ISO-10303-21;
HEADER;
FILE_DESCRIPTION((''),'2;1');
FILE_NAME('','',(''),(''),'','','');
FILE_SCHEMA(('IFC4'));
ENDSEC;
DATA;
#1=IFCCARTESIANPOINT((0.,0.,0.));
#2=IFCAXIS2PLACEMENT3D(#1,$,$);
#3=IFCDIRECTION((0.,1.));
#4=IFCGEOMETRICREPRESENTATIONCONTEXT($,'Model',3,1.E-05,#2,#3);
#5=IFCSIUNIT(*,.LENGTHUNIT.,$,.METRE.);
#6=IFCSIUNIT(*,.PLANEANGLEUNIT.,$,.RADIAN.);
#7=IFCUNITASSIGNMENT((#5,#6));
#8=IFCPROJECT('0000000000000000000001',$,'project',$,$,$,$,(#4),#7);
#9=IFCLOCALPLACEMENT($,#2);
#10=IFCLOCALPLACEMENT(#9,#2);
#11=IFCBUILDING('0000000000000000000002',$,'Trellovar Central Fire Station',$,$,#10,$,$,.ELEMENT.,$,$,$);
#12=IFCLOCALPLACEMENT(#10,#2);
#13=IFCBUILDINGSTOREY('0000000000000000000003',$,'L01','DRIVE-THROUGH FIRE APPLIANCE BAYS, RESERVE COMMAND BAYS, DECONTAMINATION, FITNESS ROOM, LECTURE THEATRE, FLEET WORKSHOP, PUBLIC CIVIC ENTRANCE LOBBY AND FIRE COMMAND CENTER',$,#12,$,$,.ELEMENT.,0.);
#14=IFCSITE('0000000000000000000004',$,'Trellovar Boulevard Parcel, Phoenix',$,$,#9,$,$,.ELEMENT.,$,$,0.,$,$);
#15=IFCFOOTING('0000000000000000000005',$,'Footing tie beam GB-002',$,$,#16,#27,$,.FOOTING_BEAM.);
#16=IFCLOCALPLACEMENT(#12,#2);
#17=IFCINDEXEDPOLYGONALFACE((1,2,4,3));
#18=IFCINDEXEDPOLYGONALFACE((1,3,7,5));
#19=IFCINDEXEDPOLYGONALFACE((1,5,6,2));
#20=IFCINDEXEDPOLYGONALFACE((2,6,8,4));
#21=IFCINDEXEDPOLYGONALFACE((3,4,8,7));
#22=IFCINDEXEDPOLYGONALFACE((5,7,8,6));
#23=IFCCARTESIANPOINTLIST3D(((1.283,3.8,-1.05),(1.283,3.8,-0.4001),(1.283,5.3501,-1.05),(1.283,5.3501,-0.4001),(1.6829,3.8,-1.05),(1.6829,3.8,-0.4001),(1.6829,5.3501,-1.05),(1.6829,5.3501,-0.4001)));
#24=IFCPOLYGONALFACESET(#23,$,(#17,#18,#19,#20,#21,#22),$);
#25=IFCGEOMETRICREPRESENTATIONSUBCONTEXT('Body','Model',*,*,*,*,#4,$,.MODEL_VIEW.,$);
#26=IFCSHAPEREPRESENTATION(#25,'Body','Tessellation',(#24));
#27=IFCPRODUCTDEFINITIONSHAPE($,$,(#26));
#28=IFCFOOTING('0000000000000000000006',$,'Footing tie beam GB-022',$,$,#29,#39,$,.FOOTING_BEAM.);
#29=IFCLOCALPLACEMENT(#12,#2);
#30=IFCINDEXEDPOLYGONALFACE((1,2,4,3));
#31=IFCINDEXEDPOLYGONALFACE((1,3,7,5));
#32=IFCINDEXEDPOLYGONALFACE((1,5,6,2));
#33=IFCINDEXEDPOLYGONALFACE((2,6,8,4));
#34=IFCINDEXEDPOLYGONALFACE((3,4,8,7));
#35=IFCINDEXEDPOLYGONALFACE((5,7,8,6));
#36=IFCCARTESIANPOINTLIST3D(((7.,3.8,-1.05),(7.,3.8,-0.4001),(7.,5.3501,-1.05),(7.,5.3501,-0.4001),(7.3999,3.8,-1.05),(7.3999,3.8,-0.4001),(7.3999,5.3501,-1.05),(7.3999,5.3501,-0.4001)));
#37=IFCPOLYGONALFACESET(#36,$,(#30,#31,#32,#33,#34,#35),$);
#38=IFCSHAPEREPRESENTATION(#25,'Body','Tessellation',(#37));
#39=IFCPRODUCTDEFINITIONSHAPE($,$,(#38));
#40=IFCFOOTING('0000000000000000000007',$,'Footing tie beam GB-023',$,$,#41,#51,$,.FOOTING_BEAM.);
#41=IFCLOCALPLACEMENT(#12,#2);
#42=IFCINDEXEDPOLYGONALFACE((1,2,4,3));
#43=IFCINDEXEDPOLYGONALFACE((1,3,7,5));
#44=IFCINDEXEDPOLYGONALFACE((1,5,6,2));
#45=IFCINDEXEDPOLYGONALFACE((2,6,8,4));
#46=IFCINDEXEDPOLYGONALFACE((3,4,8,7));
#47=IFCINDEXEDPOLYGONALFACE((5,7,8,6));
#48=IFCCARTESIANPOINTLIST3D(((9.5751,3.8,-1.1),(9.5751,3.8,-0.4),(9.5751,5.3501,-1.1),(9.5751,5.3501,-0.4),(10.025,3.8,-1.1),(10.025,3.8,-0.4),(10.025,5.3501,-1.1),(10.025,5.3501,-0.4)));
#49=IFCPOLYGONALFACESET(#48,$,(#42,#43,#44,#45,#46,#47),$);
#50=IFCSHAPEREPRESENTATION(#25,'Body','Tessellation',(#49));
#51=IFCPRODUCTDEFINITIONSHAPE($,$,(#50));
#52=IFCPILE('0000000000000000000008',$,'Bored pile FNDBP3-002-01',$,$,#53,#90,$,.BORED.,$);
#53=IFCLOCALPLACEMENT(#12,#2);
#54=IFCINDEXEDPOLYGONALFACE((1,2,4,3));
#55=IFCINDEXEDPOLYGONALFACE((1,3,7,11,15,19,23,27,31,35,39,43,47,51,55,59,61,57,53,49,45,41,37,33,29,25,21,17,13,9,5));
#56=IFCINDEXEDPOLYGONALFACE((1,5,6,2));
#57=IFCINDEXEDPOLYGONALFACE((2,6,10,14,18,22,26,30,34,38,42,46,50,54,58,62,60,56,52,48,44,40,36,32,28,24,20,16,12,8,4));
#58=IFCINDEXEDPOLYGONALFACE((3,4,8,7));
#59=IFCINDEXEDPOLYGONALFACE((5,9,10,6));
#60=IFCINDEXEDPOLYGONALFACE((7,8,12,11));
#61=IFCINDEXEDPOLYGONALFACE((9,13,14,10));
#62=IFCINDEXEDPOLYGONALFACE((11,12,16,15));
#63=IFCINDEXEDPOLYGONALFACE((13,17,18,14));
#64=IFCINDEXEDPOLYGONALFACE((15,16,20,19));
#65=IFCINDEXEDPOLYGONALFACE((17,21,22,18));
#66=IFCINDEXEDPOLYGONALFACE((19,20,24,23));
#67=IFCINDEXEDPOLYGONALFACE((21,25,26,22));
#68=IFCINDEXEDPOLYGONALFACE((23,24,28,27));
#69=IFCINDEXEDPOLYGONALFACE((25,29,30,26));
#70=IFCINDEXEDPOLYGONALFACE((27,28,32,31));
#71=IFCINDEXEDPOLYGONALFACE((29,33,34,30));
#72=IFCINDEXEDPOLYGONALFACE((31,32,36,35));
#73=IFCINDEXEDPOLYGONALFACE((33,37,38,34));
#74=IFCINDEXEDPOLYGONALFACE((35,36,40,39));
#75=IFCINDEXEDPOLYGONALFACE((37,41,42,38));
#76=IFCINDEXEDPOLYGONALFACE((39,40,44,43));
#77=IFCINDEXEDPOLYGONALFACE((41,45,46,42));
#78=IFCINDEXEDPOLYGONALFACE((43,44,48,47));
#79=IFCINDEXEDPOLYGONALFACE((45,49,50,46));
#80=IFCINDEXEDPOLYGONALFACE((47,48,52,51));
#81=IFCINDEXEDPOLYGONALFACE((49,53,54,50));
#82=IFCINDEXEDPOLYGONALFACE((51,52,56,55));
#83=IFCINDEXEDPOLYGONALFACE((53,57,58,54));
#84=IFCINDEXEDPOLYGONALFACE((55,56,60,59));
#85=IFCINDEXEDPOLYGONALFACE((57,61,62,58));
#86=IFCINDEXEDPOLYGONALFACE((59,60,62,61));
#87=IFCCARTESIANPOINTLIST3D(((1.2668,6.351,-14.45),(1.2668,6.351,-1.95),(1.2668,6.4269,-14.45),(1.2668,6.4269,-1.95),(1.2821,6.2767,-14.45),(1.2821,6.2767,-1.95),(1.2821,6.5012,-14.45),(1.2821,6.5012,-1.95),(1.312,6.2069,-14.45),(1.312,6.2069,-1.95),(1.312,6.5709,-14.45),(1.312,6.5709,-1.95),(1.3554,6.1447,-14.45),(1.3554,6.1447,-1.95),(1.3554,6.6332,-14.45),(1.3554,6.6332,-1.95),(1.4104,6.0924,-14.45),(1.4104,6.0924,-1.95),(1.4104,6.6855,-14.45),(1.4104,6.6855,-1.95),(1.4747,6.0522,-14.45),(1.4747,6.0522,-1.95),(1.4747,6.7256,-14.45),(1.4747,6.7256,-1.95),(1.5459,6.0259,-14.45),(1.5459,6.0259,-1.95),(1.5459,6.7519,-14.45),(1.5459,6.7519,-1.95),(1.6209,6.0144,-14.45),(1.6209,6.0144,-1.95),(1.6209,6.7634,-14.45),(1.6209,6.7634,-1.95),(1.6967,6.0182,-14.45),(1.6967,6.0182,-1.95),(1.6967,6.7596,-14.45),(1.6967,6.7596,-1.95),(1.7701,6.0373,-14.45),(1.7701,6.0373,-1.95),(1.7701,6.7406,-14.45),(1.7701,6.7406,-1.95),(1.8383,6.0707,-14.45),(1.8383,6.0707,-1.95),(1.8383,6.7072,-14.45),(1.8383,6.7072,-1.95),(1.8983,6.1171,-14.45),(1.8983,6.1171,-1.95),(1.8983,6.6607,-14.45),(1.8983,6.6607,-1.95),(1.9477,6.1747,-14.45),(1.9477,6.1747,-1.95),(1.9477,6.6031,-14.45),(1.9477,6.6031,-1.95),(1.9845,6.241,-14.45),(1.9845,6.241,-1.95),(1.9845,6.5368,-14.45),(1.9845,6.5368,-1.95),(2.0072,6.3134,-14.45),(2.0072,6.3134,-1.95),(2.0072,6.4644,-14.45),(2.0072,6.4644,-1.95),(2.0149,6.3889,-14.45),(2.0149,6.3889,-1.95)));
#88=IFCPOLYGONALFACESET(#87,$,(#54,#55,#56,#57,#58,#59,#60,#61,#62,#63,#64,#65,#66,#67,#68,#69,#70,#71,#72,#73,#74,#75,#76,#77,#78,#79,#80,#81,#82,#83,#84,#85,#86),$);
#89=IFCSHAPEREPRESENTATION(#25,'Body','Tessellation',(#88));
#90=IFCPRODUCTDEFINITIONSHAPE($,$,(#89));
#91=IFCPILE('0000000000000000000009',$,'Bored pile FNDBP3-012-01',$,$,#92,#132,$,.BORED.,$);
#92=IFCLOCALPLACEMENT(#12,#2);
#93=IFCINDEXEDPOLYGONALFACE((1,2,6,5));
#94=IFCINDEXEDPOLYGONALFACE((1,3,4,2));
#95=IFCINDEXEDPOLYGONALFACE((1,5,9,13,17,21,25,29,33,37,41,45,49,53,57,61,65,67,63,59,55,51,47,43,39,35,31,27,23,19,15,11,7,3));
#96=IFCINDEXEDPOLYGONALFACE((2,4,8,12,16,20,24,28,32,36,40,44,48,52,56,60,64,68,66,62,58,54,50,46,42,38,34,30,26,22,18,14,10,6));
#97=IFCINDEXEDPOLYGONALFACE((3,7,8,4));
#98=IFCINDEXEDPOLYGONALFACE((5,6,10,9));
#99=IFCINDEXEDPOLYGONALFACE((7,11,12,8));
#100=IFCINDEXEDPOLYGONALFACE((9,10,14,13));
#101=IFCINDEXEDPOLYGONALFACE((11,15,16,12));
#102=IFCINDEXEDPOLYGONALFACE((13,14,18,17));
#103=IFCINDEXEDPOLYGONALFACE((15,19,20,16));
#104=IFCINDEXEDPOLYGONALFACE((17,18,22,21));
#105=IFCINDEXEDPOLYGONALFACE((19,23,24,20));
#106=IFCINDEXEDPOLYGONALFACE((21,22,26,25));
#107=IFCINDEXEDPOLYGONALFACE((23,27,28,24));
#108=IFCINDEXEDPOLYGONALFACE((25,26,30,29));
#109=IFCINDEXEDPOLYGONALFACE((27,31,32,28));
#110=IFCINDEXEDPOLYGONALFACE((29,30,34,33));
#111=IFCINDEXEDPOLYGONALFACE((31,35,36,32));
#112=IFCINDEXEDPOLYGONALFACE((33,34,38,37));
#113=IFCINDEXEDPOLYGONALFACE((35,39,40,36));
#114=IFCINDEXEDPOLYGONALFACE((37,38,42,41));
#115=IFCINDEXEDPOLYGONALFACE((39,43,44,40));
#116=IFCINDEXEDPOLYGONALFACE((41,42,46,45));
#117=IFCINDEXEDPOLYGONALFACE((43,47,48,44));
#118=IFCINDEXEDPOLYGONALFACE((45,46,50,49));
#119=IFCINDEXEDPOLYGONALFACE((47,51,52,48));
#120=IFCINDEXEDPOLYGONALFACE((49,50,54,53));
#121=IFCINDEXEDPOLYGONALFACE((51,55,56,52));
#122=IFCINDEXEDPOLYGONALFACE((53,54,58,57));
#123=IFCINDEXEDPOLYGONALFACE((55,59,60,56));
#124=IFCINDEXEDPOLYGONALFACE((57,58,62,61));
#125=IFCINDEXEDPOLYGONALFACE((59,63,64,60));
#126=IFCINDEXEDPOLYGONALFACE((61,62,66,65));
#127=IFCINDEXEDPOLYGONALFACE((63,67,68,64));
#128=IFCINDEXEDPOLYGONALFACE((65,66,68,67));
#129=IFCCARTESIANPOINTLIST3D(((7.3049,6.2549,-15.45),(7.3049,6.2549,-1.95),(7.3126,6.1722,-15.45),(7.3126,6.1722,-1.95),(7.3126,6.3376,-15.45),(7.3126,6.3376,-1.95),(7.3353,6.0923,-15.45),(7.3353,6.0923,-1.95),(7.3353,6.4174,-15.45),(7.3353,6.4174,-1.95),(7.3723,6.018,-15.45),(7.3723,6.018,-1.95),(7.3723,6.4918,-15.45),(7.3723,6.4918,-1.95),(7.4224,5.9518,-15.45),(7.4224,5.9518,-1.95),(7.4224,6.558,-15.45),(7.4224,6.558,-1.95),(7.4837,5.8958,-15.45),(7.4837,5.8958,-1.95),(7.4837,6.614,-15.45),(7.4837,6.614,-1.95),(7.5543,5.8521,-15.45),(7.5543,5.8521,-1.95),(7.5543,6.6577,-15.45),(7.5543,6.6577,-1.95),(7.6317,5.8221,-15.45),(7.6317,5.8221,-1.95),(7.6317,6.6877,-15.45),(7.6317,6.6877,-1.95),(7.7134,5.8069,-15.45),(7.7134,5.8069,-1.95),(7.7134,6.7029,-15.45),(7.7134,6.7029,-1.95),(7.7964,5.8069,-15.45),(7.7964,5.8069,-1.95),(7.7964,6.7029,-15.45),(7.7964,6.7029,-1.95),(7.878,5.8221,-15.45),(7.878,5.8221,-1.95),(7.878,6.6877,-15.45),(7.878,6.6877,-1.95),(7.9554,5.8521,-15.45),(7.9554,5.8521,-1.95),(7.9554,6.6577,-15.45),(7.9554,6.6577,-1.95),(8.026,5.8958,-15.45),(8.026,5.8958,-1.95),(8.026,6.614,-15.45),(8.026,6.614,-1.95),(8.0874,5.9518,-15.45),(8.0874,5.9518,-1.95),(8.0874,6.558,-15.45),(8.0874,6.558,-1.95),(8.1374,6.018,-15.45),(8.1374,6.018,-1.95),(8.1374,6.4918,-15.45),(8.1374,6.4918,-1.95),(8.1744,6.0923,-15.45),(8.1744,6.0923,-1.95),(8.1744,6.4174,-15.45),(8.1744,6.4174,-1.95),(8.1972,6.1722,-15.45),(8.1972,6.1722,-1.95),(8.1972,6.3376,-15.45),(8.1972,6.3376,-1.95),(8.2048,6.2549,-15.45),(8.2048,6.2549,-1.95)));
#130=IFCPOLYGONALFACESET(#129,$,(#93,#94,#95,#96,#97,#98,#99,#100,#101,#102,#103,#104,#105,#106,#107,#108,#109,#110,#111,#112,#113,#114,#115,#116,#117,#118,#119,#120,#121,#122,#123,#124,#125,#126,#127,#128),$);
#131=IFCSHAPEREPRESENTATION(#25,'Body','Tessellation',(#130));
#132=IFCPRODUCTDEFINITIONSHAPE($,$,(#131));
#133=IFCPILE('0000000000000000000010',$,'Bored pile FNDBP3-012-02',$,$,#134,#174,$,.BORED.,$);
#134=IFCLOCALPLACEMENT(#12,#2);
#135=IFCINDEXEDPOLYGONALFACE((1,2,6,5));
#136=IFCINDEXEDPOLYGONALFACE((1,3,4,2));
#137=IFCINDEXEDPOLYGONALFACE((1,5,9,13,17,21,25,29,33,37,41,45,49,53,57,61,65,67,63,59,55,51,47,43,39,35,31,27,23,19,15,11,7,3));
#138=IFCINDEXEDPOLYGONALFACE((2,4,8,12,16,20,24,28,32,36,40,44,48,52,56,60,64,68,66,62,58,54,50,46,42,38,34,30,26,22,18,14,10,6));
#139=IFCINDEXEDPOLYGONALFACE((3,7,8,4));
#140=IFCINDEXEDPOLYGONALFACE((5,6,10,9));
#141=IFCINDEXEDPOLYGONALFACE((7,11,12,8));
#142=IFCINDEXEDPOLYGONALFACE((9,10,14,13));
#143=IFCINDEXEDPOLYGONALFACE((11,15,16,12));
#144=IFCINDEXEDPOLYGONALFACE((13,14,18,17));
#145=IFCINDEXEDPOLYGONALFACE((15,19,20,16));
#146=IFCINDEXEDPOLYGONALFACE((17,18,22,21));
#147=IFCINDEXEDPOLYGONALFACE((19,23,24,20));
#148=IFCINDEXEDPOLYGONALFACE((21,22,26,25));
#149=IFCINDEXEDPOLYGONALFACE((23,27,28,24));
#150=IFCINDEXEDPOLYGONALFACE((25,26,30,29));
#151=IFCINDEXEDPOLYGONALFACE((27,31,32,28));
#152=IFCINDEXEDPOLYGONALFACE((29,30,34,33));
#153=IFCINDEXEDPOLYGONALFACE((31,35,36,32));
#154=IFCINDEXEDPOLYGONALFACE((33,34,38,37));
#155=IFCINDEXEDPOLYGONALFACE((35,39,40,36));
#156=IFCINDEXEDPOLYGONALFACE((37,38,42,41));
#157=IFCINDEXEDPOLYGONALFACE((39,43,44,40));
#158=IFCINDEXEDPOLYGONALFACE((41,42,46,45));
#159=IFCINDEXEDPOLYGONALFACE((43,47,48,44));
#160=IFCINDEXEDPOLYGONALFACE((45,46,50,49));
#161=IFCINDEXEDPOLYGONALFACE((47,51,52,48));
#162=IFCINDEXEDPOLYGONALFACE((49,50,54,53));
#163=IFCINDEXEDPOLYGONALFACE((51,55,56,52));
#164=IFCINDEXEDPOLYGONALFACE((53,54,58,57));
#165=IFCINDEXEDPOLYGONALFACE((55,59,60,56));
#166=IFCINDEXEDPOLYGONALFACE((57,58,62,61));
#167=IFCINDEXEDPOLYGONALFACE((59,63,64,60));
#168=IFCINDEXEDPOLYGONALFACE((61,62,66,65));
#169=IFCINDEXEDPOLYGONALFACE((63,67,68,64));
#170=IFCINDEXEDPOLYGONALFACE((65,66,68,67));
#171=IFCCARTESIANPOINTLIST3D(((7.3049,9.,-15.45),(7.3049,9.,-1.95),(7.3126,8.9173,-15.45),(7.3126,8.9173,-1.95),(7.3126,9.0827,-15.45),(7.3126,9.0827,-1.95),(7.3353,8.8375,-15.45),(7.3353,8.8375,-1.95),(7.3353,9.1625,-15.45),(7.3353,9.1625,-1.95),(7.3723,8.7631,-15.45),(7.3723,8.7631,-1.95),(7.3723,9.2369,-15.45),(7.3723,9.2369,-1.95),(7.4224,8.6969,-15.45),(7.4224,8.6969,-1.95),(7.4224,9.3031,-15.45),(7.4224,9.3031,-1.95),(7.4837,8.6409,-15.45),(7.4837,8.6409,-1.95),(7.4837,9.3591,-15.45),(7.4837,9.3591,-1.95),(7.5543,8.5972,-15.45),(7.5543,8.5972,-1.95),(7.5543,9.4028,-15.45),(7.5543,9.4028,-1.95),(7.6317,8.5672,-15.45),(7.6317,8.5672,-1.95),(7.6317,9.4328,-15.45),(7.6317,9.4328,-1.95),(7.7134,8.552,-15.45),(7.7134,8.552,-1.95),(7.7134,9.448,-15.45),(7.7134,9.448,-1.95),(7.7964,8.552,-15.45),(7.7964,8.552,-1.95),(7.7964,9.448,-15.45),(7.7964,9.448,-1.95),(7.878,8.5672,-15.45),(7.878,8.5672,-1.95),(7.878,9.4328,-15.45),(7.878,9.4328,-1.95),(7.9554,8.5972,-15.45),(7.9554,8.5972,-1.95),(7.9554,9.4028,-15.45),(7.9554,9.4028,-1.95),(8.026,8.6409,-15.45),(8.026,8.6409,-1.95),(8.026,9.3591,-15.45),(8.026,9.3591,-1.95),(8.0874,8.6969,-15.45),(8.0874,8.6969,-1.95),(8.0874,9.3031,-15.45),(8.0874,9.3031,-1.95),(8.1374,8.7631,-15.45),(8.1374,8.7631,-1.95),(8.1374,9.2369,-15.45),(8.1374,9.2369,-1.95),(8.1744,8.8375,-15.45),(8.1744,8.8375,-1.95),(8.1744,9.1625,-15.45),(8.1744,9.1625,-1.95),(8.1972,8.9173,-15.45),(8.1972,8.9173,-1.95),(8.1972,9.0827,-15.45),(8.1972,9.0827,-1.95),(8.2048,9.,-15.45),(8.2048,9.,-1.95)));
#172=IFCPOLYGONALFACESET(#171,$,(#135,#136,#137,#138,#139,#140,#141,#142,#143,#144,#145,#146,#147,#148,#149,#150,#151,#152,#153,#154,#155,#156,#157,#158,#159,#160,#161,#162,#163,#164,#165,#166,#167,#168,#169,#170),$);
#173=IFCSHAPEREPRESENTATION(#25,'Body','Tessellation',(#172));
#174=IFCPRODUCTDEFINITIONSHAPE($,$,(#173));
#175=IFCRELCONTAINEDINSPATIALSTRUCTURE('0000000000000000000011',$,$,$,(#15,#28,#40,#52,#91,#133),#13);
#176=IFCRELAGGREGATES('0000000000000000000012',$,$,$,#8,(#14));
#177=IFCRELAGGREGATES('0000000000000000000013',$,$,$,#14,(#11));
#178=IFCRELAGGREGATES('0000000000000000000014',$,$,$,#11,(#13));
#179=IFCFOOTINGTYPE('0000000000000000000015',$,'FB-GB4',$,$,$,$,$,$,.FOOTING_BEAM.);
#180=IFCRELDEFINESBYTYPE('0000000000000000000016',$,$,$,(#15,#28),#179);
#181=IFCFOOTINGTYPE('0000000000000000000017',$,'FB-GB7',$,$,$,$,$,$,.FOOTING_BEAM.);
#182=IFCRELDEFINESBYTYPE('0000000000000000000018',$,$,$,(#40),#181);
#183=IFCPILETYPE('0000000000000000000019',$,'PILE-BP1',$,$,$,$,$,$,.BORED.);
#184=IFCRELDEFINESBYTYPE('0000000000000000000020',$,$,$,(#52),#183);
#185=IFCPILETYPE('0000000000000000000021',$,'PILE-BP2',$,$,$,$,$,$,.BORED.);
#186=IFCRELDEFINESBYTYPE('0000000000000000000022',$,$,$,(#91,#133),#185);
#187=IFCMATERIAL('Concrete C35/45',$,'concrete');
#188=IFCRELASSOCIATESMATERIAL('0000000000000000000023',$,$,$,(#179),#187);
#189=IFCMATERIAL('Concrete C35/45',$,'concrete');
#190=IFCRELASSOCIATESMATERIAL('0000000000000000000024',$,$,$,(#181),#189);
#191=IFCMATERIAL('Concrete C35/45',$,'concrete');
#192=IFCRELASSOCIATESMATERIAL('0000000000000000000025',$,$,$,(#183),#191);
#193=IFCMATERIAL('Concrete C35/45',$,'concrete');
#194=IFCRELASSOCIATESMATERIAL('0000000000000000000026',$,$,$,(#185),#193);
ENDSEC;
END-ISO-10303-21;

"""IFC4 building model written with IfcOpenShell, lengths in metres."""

from ifc_helpers import new_model, si_unit, direction, frame, origin, origin_2d, place, context, subcontext, project, spatial, rectangle, circle, extrude, material, material_profile, profile_set, type_object, element, save


model = new_model("IFC4")

# Units and contexts
model_context = context("Model", 3, precision=1e-05, world=origin(), true_north=direction((0.0, 1.0)))
body_context = subcontext(model_context, "Body", "Model", "MODEL_VIEW")
ifc_project = project(units=[si_unit("LENGTHUNIT", "METRE"), si_unit("PLANEANGLEUNIT", "RADIAN")], contexts=[model_context])

# Site, building, storey
site_placement = place(None, origin())
site = spatial("IfcSite", under=ifc_project, at=site_placement, Name="Trellovar Boulevard Parcel, Phoenix", CompositionType="ELEMENT", RefElevation=0.0)
building_placement = place(site_placement, origin())
building = spatial("IfcBuilding", under=site, at=building_placement, Name="Trellovar Central Fire Station", CompositionType="ELEMENT")
storey_placement = place(building_placement, origin())
storey = spatial("IfcBuildingStorey", under=building, at=storey_placement, Name="L01", Description="DRIVE-THROUGH FIRE APPLIANCE BAYS, RESERVE COMMAND BAYS, DECONTAMINATION, FITNESS ROOM, LECTURE THEATRE, FLEET WORKSHOP, PUBLIC CIVIC ENTRANCE LOBBY AND FIRE COMMAND CENTER", CompositionType="ELEMENT", Elevation=0.0)

# Footings
ifc_material_1 = material(Name="Concrete C35/45", Category="concrete")
ifc_material_profile_1 = material_profile(ifc_material_1, rectangle(XDim=0.3999, YDim=0.6499, at=origin_2d()), Name="RC400X650")
ifc_profile_set_1 = profile_set([ifc_material_profile_1], Name="Concrete C35/45")
footing_type_1 = type_object("IfcFootingType", Name="FB-GB4", PredefinedType="FOOTING_BEAM", material=ifc_profile_set_1)
for number, where, z_axis, x_axis, name in (
    (1, (1.4829, 3.8, -0.7251), (0.0, 1.0, 0.0), (-1.0, 0.0, 0.0), "Footing tie beam GB-002"),
    (2, (7.2, 3.8, -0.7251), (0.0, 1.0, 0.0), (-1.0, 0.0, 0.0), "Footing tie beam GB-022"),
):
    element("IfcFooting", number, at=place(storey_placement, frame(where, z_axis=z_axis, x_axis=x_axis)), inside=storey, type_object=footing_type_1, Name=name, PredefinedType="FOOTING_BEAM", context=body_context, shape_type="SweptSolid", body=[
        extrude(rectangle(XDim=0.3999, YDim=0.6499, at=origin_2d()), origin(), (0.0, 0.0, 1.0), 1.55),
    ])
ifc_material_2 = material(Name="Concrete C35/45", Category="concrete")
ifc_material_profile_2 = material_profile(ifc_material_2, rectangle(XDim=0.45, YDim=0.7, at=origin_2d()), Name="RC450X700")
ifc_profile_set_2 = profile_set([ifc_material_profile_2], Name="Concrete C35/45")
footing_type_2 = type_object("IfcFootingType", Name="FB-GB7", PredefinedType="FOOTING_BEAM", material=ifc_profile_set_2)
footing_placement = place(storey_placement, frame((9.8, 3.8, -0.75), z_axis=(0.0, 1.0, 0.0), x_axis=(-1.0, 0.0, 0.0)))
element("IfcFooting", 3, at=footing_placement, inside=storey, type_object=footing_type_2, Name="Footing tie beam GB-023", PredefinedType="FOOTING_BEAM", context=body_context, shape_type="SweptSolid", body=[
    extrude(rectangle(XDim=0.45, YDim=0.7, at=origin_2d()), origin(), (0.0, 0.0, 1.0), 1.55),
])

# Piles
ifc_material_3 = material(Name="Concrete C35/45", Category="concrete")
ifc_material_profile_3 = material_profile(ifc_material_3, circle(Radius=0.375, at=origin_2d()), Name="PILE750")
ifc_profile_set_3 = profile_set([ifc_material_profile_3], Name="Concrete C35/45")
pile_type_1 = type_object("IfcPileType", Name="PILE-BP1", PredefinedType="BORED", material=ifc_profile_set_3)
pile_placement = place(storey_placement, frame((1.6399, 6.3889, -1.95), z_axis=(0.0, 0.0, -1.0), x_axis=(1.0, 0.0, 0.0)))
element("IfcPile", 4, at=pile_placement, inside=storey, type_object=pile_type_1, Name="Bored pile FNDBP3-002-01", PredefinedType="BORED", context=body_context, shape_type="SweptSolid", body=[
    extrude(circle(Radius=0.375, at=origin_2d()), origin(), (0.0, 0.0, 1.0), 12.5),
])
ifc_material_4 = material(Name="Concrete C35/45", Category="concrete")
ifc_material_profile_4 = material_profile(ifc_material_4, circle(Radius=0.45, at=origin_2d()), Name="PILE900")
ifc_profile_set_4 = profile_set([ifc_material_profile_4], Name="Concrete C35/45")
pile_type_2 = type_object("IfcPileType", Name="PILE-BP2", PredefinedType="BORED", material=ifc_profile_set_4)
for number, where, z_axis, x_axis, name in (
    (5, (7.7549, 6.2549, -1.95), (0.0, 0.0, -1.0), (1.0, 0.0, 0.0), "Bored pile FNDBP3-012-01"),
    (6, (7.7549, 9.0, -1.95), (0.0, 0.0, -1.0), (1.0, 0.0, 0.0), "Bored pile FNDBP3-012-02"),
):
    element("IfcPile", number, at=place(storey_placement, frame(where, z_axis=z_axis, x_axis=x_axis)), inside=storey, type_object=pile_type_2, Name=name, PredefinedType="BORED", context=body_context, shape_type="SweptSolid", body=[
        extrude(circle(Radius=0.45, at=origin_2d()), origin(), (0.0, 0.0, 1.0), 13.5),
    ])

save(model, "model.ifc")
